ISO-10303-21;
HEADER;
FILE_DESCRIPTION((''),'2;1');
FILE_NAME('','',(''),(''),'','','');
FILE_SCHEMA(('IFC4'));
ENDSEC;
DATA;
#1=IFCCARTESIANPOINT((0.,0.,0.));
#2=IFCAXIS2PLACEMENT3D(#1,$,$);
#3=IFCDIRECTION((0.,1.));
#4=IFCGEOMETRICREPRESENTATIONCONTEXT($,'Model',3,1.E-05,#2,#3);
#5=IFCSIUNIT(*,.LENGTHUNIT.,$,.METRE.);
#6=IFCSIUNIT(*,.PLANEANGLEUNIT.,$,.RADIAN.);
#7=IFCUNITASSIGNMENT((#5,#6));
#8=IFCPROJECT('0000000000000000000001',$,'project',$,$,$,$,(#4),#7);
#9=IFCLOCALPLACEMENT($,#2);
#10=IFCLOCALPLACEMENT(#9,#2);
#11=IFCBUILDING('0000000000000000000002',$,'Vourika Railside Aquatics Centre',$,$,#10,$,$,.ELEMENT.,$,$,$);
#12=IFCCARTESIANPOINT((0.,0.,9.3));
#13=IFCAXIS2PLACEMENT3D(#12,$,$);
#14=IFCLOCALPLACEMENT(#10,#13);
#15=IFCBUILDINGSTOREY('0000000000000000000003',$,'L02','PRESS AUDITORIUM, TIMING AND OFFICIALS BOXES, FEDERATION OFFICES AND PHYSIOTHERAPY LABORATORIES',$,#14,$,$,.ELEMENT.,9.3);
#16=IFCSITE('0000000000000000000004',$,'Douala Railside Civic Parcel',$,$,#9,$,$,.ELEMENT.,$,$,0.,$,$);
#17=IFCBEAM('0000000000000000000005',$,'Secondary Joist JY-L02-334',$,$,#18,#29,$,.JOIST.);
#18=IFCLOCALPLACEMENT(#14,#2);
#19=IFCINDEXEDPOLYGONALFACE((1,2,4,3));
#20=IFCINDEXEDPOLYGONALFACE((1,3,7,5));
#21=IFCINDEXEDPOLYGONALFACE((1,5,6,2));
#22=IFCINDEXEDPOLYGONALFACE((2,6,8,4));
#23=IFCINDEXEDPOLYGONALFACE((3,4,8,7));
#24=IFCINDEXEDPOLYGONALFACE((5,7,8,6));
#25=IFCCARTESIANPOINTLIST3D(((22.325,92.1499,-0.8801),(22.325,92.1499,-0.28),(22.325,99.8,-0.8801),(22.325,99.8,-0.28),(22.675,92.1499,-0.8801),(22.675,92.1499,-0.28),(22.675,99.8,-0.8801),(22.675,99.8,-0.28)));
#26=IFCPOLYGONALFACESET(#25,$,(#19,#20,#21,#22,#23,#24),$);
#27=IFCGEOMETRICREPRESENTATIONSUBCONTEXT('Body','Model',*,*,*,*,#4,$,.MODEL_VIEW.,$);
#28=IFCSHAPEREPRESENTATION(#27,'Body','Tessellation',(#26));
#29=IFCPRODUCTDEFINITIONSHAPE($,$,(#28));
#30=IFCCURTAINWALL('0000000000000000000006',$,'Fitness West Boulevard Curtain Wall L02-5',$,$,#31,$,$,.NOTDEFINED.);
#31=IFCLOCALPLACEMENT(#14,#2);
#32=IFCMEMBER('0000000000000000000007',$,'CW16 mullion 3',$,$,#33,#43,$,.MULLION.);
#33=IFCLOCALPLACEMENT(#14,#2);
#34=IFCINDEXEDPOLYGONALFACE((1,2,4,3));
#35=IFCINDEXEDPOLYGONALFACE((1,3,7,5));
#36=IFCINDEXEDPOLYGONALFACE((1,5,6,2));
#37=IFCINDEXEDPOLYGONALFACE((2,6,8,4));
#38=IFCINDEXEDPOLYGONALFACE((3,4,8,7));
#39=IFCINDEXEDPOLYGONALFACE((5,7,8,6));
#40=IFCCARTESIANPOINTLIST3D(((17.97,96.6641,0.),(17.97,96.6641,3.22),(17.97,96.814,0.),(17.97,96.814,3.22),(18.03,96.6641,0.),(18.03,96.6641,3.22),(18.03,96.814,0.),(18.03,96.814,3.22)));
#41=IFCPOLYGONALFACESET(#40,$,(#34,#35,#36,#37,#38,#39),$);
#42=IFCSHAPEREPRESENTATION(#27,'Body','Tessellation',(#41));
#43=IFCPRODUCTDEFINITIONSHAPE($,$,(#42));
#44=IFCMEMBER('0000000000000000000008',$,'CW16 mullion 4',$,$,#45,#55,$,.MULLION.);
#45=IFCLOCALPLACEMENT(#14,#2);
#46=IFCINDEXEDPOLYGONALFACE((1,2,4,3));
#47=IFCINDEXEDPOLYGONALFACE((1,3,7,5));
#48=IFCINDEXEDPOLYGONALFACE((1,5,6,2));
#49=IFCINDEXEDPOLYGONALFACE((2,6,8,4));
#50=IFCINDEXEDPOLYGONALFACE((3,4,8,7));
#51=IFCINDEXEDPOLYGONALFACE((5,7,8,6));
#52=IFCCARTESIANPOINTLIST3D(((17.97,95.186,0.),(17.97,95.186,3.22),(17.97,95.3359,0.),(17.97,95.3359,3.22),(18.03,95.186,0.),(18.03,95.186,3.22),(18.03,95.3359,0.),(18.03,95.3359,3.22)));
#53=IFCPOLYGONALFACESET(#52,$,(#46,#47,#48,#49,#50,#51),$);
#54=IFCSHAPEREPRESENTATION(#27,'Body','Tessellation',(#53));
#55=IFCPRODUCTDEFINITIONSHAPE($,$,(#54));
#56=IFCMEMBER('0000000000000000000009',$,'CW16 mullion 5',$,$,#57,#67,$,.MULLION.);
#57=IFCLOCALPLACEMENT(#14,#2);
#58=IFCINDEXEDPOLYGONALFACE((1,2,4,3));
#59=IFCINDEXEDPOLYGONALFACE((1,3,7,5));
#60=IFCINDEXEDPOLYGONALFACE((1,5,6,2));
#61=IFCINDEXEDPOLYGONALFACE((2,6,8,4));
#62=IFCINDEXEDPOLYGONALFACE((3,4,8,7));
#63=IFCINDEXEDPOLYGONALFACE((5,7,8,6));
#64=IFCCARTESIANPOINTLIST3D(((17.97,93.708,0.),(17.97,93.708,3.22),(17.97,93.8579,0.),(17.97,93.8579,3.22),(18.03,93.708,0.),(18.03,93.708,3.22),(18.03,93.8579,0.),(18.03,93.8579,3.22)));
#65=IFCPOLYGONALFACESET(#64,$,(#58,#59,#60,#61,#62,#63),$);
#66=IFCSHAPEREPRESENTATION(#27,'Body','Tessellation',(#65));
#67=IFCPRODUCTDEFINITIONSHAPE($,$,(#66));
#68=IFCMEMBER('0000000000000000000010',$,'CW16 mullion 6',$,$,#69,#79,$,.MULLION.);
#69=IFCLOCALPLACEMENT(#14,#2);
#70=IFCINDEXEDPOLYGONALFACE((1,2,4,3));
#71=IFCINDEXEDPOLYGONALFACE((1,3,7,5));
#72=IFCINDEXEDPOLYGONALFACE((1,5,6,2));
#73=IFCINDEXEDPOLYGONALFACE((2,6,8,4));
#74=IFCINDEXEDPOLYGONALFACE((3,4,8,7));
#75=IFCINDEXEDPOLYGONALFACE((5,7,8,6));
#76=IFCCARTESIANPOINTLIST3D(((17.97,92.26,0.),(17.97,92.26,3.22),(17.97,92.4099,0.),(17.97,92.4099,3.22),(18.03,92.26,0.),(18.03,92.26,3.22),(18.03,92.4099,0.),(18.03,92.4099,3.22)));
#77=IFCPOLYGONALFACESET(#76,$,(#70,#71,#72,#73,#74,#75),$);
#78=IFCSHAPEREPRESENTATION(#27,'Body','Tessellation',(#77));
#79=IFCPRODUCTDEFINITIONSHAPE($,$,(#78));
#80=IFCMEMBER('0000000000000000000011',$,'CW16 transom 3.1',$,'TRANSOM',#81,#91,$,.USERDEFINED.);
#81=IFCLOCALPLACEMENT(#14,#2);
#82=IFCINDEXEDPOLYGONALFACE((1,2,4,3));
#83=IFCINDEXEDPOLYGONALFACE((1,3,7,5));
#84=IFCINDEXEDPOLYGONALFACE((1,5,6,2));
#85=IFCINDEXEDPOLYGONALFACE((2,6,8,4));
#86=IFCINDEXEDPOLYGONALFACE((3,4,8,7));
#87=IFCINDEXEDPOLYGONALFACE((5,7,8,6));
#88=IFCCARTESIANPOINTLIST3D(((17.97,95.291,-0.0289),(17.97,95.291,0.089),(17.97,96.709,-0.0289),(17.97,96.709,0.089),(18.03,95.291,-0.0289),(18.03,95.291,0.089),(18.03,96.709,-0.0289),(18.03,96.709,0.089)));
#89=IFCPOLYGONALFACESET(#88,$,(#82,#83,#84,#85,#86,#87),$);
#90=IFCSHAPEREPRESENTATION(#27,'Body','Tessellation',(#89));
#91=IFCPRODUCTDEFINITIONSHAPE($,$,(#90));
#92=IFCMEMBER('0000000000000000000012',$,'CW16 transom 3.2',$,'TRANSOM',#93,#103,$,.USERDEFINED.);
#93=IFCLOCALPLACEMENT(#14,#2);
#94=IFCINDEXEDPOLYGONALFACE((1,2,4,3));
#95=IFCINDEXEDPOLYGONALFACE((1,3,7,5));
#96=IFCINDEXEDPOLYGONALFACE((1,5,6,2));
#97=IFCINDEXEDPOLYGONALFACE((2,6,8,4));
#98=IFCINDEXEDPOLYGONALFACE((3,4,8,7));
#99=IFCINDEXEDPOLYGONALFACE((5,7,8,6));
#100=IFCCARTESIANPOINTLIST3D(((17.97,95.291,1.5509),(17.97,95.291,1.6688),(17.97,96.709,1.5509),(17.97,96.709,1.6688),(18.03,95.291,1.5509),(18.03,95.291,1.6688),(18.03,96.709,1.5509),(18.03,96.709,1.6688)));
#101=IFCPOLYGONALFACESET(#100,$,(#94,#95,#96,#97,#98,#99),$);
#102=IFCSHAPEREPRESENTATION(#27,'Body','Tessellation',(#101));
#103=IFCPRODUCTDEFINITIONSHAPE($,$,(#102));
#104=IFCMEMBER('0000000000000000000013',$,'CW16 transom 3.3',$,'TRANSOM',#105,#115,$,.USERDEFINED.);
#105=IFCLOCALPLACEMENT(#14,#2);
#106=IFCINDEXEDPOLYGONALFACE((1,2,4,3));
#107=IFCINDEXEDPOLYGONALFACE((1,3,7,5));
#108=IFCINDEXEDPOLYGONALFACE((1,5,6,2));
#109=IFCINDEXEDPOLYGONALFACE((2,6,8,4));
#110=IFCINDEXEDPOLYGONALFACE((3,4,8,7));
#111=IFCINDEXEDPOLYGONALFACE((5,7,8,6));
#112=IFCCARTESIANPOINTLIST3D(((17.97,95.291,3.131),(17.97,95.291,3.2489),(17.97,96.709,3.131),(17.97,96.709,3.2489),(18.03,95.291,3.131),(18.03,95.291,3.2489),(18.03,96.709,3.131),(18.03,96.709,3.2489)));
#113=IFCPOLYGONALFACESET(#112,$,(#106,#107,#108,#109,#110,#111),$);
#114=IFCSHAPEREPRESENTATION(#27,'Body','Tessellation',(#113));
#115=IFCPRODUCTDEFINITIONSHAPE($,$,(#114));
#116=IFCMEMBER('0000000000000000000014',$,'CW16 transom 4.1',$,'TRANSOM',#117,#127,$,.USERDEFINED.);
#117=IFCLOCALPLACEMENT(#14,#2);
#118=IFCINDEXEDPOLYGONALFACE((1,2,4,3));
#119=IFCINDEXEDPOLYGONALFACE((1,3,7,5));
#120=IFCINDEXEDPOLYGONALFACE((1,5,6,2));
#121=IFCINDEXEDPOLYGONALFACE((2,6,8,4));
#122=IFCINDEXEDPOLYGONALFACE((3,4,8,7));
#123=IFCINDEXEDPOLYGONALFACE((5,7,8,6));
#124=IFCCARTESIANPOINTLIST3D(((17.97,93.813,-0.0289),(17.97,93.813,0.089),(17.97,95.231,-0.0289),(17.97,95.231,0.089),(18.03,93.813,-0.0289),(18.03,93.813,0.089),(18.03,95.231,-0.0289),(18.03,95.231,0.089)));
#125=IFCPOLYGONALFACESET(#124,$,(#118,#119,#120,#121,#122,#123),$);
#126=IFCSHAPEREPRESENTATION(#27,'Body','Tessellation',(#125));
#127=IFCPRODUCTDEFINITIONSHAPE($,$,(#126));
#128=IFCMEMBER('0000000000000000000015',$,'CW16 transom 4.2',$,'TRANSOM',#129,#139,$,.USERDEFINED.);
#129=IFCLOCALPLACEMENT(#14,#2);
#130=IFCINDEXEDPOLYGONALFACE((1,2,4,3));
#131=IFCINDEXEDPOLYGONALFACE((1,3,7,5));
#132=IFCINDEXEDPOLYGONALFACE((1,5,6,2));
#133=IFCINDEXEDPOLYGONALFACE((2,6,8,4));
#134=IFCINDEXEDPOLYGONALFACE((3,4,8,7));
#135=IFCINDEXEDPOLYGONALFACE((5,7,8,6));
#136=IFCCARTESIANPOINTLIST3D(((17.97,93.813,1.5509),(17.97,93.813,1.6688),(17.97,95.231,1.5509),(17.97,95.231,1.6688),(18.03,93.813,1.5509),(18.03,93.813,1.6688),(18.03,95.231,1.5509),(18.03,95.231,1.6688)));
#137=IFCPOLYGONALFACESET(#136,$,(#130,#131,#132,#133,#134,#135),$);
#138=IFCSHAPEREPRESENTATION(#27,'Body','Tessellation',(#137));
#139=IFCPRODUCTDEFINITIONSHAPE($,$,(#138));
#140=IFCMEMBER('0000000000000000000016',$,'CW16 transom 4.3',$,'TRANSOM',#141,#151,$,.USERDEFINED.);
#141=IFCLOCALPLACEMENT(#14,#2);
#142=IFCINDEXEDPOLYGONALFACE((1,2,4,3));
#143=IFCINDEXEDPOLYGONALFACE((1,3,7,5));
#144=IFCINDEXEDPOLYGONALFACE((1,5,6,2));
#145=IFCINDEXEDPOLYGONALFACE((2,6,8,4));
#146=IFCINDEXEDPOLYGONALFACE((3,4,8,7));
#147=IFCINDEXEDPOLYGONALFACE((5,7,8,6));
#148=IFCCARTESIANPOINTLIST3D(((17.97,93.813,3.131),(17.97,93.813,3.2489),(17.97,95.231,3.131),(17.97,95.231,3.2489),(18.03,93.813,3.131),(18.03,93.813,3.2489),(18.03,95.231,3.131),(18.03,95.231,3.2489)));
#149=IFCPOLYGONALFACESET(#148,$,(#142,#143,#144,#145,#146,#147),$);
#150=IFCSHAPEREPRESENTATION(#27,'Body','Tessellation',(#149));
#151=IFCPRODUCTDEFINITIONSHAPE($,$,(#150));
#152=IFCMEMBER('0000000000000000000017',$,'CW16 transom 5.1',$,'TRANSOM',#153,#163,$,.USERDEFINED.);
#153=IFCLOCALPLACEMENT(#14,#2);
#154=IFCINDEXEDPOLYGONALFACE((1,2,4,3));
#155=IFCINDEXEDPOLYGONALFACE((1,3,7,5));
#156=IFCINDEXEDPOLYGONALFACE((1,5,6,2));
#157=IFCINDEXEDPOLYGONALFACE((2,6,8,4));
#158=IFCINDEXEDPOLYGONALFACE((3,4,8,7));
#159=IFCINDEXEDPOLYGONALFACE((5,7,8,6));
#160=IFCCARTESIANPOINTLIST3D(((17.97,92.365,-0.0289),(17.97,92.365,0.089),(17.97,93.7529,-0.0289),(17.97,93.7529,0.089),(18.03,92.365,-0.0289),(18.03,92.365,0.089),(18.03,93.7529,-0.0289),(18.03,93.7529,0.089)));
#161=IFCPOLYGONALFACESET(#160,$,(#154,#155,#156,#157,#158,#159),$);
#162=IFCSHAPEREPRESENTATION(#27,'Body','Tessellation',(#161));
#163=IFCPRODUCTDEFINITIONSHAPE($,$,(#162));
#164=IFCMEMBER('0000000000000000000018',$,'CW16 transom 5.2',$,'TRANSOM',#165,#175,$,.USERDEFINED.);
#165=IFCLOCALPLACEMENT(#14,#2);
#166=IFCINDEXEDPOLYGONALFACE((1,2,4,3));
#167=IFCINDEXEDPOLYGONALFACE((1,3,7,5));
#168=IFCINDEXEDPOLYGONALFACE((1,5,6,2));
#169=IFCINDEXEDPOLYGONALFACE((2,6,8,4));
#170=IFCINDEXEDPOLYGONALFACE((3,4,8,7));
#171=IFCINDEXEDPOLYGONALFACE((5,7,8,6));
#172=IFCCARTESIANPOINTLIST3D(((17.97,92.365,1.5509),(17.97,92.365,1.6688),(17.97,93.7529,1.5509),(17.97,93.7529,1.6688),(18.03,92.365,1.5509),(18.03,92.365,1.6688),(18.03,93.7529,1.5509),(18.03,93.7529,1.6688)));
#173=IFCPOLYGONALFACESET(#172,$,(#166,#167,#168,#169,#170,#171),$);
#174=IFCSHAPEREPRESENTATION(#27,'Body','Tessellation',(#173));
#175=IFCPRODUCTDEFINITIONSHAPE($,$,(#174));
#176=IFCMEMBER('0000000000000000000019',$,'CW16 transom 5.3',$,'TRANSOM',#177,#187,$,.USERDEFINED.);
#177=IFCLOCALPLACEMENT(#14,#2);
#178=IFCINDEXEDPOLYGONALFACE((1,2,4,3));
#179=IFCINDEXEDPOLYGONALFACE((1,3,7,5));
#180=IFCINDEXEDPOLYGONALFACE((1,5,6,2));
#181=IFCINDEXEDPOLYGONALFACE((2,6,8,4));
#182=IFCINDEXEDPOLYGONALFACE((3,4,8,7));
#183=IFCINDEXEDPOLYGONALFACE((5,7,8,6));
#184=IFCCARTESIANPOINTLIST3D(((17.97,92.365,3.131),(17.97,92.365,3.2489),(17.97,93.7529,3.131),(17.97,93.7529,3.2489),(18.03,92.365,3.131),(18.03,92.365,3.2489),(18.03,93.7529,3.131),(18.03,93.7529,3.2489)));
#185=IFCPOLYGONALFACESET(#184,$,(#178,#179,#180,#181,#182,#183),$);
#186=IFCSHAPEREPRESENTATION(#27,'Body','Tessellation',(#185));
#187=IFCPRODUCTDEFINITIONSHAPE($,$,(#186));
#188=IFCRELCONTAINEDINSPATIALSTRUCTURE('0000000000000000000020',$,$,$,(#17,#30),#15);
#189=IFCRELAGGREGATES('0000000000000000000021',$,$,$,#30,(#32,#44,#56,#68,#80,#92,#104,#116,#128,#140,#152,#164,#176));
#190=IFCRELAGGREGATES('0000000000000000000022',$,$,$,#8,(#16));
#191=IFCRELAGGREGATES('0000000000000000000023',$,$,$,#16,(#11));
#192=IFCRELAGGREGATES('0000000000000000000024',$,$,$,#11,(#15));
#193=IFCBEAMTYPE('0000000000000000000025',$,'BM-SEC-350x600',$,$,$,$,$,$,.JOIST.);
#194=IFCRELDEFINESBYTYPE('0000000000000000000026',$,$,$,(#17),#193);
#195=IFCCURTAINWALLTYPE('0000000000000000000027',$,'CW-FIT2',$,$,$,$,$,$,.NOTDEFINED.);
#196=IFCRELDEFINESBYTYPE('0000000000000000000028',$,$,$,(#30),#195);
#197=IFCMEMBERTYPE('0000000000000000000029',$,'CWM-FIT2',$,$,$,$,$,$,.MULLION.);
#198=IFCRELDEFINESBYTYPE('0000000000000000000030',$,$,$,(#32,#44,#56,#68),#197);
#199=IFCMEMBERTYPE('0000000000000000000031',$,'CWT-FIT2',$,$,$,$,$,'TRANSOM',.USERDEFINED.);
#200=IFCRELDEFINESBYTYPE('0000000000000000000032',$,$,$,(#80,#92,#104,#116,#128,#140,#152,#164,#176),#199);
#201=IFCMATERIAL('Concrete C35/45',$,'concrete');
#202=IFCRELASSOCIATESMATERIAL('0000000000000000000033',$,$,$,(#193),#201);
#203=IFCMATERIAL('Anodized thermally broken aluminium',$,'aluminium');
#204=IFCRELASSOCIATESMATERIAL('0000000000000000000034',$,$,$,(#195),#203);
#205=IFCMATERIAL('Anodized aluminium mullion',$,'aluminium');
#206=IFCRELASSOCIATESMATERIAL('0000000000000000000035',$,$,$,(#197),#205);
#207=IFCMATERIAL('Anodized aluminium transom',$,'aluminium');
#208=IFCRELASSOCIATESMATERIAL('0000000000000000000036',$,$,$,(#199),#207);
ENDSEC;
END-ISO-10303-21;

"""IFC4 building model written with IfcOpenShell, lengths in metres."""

from ifc_helpers import new_model, si_unit, direction, frame, origin, origin_2d, place, context, subcontext, project, spatial, rectangle, extrude, material, material_profile, profile_set, type_object, element, aggregate, save


model = new_model("IFC4")

# Units and contexts
model_context = context("Model", 3, precision=1e-05, world=origin(), true_north=direction((0.0, 1.0)))
body_context = subcontext(model_context, "Body", "Model", "MODEL_VIEW")
ifc_project = project(units=[si_unit("LENGTHUNIT", "METRE"), si_unit("PLANEANGLEUNIT", "RADIAN")], contexts=[model_context])

# Site, building, storey
site_placement = place(None, origin())
site = spatial("IfcSite", under=ifc_project, at=site_placement, Name="Douala Railside Civic Parcel", CompositionType="ELEMENT", RefElevation=0.0)
building_placement = place(site_placement, origin())
building = spatial("IfcBuilding", under=site, at=building_placement, Name="Vourika Railside Aquatics Centre", CompositionType="ELEMENT")
storey_placement = place(building_placement, frame((0.0, 0.0, 9.3)))
storey = spatial("IfcBuildingStorey", under=building, at=storey_placement, Name="L02", Description="PRESS AUDITORIUM, TIMING AND OFFICIALS BOXES, FEDERATION OFFICES AND PHYSIOTHERAPY LABORATORIES", CompositionType="ELEMENT", Elevation=9.3)

# Beam
ifc_material_1 = material(Name="Concrete C35/45", Category="concrete")
ifc_material_profile_1 = material_profile(ifc_material_1, rectangle(XDim=0.3501, YDim=0.6001, at=origin_2d()), Name="RC 350x600")
ifc_profile_set_1 = profile_set([ifc_material_profile_1], Name="Concrete C35/45")
beam_type = type_object("IfcBeamType", Name="BM-SEC-350x600", PredefinedType="JOIST", material=ifc_profile_set_1)
beam_placement = place(storey_placement, frame((22.5, 92.1499, -0.5801), z_axis=(0.0, 1.0, 0.0), x_axis=(-1.0, 0.0, 0.0)))
element("IfcBeam", 1, at=beam_placement, inside=storey, type_object=beam_type, Name="Secondary Joist JY-L02-334", PredefinedType="JOIST", context=body_context, shape_type="SweptSolid", body=[
    extrude(rectangle(XDim=0.3501, YDim=0.6001, at=origin_2d()), origin(), (0.0, 0.0, 1.0), 7.6501),
])

# Curtain wall, members
ifc_material_2 = material(Name="Anodized thermally broken aluminium", Category="aluminium")
curtain_wall_type = type_object("IfcCurtainWallType", Name="CW-FIT2", PredefinedType="NOTDEFINED", material=ifc_material_2)
curtain_wall_placement = place(storey_placement, origin())
curtain_wall = element("IfcCurtainWall", 2, at=curtain_wall_placement, inside=storey, type_object=curtain_wall_type, Name="Fitness West Boulevard Curtain Wall L02-5", PredefinedType="NOTDEFINED")
ifc_material_3 = material(Name="Anodized aluminium mullion", Category="aluminium")
ifc_material_profile_2 = material_profile(ifc_material_3, rectangle(XDim=0.0601, YDim=0.1499, at=origin_2d()), Name="ALU-M 60x150")
ifc_profile_set_2 = profile_set([ifc_material_profile_2], Name="Anodized aluminium mullion")
member_type_1 = type_object("IfcMemberType", Name="CWM-FIT2", PredefinedType="MULLION", material=ifc_profile_set_2)
member_1_placement = place(storey_placement, frame((18.0, 96.739, 0.0), z_axis=(0.0, 0.0, 1.0), x_axis=(1.0, 0.0, 0.0)))
member_1 = element("IfcMember", 3, at=member_1_placement, type_object=member_type_1, Name="CW16 mullion 3", PredefinedType="MULLION", context=body_context, shape_type="SweptSolid", body=[
    extrude(rectangle(XDim=0.0601, YDim=0.1499, at=origin_2d()), origin(), (0.0, 0.0, 1.0), 3.22),
])
member_2_placement = place(storey_placement, frame((18.0, 95.261, 0.0), z_axis=(0.0, 0.0, 1.0), x_axis=(1.0, 0.0, 0.0)))
member_2 = element("IfcMember", 4, at=member_2_placement, type_object=member_type_1, Name="CW16 mullion 4", PredefinedType="MULLION", context=body_context, shape_type="SweptSolid", body=[
    extrude(rectangle(XDim=0.0601, YDim=0.1499, at=origin_2d()), origin(), (0.0, 0.0, 1.0), 3.22),
])
member_3_placement = place(storey_placement, frame((18.0, 93.783, 0.0), z_axis=(0.0, 0.0, 1.0), x_axis=(1.0, 0.0, 0.0)))
member_3 = element("IfcMember", 5, at=member_3_placement, type_object=member_type_1, Name="CW16 mullion 5", PredefinedType="MULLION", context=body_context, shape_type="SweptSolid", body=[
    extrude(rectangle(XDim=0.0601, YDim=0.1499, at=origin_2d()), origin(), (0.0, 0.0, 1.0), 3.22),
])
member_4_placement = place(storey_placement, frame((18.0, 92.335, 0.0), z_axis=(0.0, 0.0, 1.0), x_axis=(1.0, 0.0, 0.0)))
member_4 = element("IfcMember", 6, at=member_4_placement, type_object=member_type_1, Name="CW16 mullion 6", PredefinedType="MULLION", context=body_context, shape_type="SweptSolid", body=[
    extrude(rectangle(XDim=0.0601, YDim=0.1499, at=origin_2d()), origin(), (0.0, 0.0, 1.0), 3.22),
])
ifc_material_4 = material(Name="Anodized aluminium transom", Category="aluminium")
ifc_material_profile_3 = material_profile(ifc_material_4, rectangle(XDim=0.0601, YDim=0.1179, at=origin_2d()), Name="ALU-T 60x118")
ifc_profile_set_3 = profile_set([ifc_material_profile_3], Name="Anodized aluminium transom")
member_type_2 = type_object("IfcMemberType", Name="CWT-FIT2", ElementType="TRANSOM", PredefinedType="USERDEFINED", material=ifc_profile_set_3)
member_5_placement = place(storey_placement, frame((18.0, 96.709, 0.03), z_axis=(0.0, -1.0, 0.0), x_axis=(1.0, 0.0, 0.0)))
member_5 = element("IfcMember", 7, at=member_5_placement, type_object=member_type_2, Name="CW16 transom 3.1", ObjectType="TRANSOM", PredefinedType="USERDEFINED", context=body_context, shape_type="SweptSolid", body=[
    extrude(rectangle(XDim=0.0601, YDim=0.1179, at=origin_2d()), origin(), (0.0, 0.0, 1.0), 1.418),
])
member_6_placement = place(storey_placement, frame((18.0, 96.709, 1.6099), z_axis=(0.0, -1.0, 0.0), x_axis=(1.0, 0.0, 0.0)))
member_6 = element("IfcMember", 8, at=member_6_placement, type_object=member_type_2, Name="CW16 transom 3.2", ObjectType="TRANSOM", PredefinedType="USERDEFINED", context=body_context, shape_type="SweptSolid", body=[
    extrude(rectangle(XDim=0.0601, YDim=0.1179, at=origin_2d()), origin(), (0.0, 0.0, 1.0), 1.418),
])
member_7_placement = place(storey_placement, frame((18.0, 96.709, 3.1899), z_axis=(0.0, -1.0, 0.0), x_axis=(1.0, 0.0, 0.0)))
member_7 = element("IfcMember", 9, at=member_7_placement, type_object=member_type_2, Name="CW16 transom 3.3", ObjectType="TRANSOM", PredefinedType="USERDEFINED", context=body_context, shape_type="SweptSolid", body=[
    extrude(rectangle(XDim=0.0601, YDim=0.1179, at=origin_2d()), origin(), (0.0, 0.0, 1.0), 1.418),
])
member_8_placement = place(storey_placement, frame((18.0, 95.231, 0.03), z_axis=(0.0, -1.0, 0.0), x_axis=(1.0, 0.0, 0.0)))
member_8 = element("IfcMember", 10, at=member_8_placement, type_object=member_type_2, Name="CW16 transom 4.1", ObjectType="TRANSOM", PredefinedType="USERDEFINED", context=body_context, shape_type="SweptSolid", body=[
    extrude(rectangle(XDim=0.0601, YDim=0.1179, at=origin_2d()), origin(), (0.0, 0.0, 1.0), 1.418),
])
member_9_placement = place(storey_placement, frame((18.0, 95.231, 1.6099), z_axis=(0.0, -1.0, 0.0), x_axis=(1.0, 0.0, 0.0)))
member_9 = element("IfcMember", 11, at=member_9_placement, type_object=member_type_2, Name="CW16 transom 4.2", ObjectType="TRANSOM", PredefinedType="USERDEFINED", context=body_context, shape_type="SweptSolid", body=[
    extrude(rectangle(XDim=0.0601, YDim=0.1179, at=origin_2d()), origin(), (0.0, 0.0, 1.0), 1.418),
])
member_10_placement = place(storey_placement, frame((18.0, 95.231, 3.1899), z_axis=(0.0, -1.0, 0.0), x_axis=(1.0, 0.0, 0.0)))
member_10 = element("IfcMember", 12, at=member_10_placement, type_object=member_type_2, Name="CW16 transom 4.3", ObjectType="TRANSOM", PredefinedType="USERDEFINED", context=body_context, shape_type="SweptSolid", body=[
    extrude(rectangle(XDim=0.0601, YDim=0.1179, at=origin_2d()), origin(), (0.0, 0.0, 1.0), 1.418),
])
member_11_placement = place(storey_placement, frame((18.0, 93.7529, 0.03), z_axis=(0.0, -1.0, 0.0), x_axis=(1.0, 0.0, 0.0)))
member_11 = element("IfcMember", 13, at=member_11_placement, type_object=member_type_2, Name="CW16 transom 5.1", ObjectType="TRANSOM", PredefinedType="USERDEFINED", context=body_context, shape_type="SweptSolid", body=[
    extrude(rectangle(XDim=0.0601, YDim=0.1179, at=origin_2d()), origin(), (0.0, 0.0, 1.0), 1.3879),
])
member_12_placement = place(storey_placement, frame((18.0, 93.7529, 1.6099), z_axis=(0.0, -1.0, 0.0), x_axis=(1.0, 0.0, 0.0)))
member_12 = element("IfcMember", 14, at=member_12_placement, type_object=member_type_2, Name="CW16 transom 5.2", ObjectType="TRANSOM", PredefinedType="USERDEFINED", context=body_context, shape_type="SweptSolid", body=[
    extrude(rectangle(XDim=0.0601, YDim=0.1179, at=origin_2d()), origin(), (0.0, 0.0, 1.0), 1.3879),
])
member_13_placement = place(storey_placement, frame((18.0, 93.7529, 3.1899), z_axis=(0.0, -1.0, 0.0), x_axis=(1.0, 0.0, 0.0)))
member_13 = element("IfcMember", 15, at=member_13_placement, type_object=member_type_2, Name="CW16 transom 5.3", ObjectType="TRANSOM", PredefinedType="USERDEFINED", context=body_context, shape_type="SweptSolid", body=[
    extrude(rectangle(XDim=0.0601, YDim=0.1179, at=origin_2d()), origin(), (0.0, 0.0, 1.0), 1.3879),
])
aggregate(curtain_wall, [member_1, member_2, member_3, member_4, member_5, member_6, member_7, member_8, member_9, member_10, member_11, member_12, member_13])

save(model, "model.ifc")
